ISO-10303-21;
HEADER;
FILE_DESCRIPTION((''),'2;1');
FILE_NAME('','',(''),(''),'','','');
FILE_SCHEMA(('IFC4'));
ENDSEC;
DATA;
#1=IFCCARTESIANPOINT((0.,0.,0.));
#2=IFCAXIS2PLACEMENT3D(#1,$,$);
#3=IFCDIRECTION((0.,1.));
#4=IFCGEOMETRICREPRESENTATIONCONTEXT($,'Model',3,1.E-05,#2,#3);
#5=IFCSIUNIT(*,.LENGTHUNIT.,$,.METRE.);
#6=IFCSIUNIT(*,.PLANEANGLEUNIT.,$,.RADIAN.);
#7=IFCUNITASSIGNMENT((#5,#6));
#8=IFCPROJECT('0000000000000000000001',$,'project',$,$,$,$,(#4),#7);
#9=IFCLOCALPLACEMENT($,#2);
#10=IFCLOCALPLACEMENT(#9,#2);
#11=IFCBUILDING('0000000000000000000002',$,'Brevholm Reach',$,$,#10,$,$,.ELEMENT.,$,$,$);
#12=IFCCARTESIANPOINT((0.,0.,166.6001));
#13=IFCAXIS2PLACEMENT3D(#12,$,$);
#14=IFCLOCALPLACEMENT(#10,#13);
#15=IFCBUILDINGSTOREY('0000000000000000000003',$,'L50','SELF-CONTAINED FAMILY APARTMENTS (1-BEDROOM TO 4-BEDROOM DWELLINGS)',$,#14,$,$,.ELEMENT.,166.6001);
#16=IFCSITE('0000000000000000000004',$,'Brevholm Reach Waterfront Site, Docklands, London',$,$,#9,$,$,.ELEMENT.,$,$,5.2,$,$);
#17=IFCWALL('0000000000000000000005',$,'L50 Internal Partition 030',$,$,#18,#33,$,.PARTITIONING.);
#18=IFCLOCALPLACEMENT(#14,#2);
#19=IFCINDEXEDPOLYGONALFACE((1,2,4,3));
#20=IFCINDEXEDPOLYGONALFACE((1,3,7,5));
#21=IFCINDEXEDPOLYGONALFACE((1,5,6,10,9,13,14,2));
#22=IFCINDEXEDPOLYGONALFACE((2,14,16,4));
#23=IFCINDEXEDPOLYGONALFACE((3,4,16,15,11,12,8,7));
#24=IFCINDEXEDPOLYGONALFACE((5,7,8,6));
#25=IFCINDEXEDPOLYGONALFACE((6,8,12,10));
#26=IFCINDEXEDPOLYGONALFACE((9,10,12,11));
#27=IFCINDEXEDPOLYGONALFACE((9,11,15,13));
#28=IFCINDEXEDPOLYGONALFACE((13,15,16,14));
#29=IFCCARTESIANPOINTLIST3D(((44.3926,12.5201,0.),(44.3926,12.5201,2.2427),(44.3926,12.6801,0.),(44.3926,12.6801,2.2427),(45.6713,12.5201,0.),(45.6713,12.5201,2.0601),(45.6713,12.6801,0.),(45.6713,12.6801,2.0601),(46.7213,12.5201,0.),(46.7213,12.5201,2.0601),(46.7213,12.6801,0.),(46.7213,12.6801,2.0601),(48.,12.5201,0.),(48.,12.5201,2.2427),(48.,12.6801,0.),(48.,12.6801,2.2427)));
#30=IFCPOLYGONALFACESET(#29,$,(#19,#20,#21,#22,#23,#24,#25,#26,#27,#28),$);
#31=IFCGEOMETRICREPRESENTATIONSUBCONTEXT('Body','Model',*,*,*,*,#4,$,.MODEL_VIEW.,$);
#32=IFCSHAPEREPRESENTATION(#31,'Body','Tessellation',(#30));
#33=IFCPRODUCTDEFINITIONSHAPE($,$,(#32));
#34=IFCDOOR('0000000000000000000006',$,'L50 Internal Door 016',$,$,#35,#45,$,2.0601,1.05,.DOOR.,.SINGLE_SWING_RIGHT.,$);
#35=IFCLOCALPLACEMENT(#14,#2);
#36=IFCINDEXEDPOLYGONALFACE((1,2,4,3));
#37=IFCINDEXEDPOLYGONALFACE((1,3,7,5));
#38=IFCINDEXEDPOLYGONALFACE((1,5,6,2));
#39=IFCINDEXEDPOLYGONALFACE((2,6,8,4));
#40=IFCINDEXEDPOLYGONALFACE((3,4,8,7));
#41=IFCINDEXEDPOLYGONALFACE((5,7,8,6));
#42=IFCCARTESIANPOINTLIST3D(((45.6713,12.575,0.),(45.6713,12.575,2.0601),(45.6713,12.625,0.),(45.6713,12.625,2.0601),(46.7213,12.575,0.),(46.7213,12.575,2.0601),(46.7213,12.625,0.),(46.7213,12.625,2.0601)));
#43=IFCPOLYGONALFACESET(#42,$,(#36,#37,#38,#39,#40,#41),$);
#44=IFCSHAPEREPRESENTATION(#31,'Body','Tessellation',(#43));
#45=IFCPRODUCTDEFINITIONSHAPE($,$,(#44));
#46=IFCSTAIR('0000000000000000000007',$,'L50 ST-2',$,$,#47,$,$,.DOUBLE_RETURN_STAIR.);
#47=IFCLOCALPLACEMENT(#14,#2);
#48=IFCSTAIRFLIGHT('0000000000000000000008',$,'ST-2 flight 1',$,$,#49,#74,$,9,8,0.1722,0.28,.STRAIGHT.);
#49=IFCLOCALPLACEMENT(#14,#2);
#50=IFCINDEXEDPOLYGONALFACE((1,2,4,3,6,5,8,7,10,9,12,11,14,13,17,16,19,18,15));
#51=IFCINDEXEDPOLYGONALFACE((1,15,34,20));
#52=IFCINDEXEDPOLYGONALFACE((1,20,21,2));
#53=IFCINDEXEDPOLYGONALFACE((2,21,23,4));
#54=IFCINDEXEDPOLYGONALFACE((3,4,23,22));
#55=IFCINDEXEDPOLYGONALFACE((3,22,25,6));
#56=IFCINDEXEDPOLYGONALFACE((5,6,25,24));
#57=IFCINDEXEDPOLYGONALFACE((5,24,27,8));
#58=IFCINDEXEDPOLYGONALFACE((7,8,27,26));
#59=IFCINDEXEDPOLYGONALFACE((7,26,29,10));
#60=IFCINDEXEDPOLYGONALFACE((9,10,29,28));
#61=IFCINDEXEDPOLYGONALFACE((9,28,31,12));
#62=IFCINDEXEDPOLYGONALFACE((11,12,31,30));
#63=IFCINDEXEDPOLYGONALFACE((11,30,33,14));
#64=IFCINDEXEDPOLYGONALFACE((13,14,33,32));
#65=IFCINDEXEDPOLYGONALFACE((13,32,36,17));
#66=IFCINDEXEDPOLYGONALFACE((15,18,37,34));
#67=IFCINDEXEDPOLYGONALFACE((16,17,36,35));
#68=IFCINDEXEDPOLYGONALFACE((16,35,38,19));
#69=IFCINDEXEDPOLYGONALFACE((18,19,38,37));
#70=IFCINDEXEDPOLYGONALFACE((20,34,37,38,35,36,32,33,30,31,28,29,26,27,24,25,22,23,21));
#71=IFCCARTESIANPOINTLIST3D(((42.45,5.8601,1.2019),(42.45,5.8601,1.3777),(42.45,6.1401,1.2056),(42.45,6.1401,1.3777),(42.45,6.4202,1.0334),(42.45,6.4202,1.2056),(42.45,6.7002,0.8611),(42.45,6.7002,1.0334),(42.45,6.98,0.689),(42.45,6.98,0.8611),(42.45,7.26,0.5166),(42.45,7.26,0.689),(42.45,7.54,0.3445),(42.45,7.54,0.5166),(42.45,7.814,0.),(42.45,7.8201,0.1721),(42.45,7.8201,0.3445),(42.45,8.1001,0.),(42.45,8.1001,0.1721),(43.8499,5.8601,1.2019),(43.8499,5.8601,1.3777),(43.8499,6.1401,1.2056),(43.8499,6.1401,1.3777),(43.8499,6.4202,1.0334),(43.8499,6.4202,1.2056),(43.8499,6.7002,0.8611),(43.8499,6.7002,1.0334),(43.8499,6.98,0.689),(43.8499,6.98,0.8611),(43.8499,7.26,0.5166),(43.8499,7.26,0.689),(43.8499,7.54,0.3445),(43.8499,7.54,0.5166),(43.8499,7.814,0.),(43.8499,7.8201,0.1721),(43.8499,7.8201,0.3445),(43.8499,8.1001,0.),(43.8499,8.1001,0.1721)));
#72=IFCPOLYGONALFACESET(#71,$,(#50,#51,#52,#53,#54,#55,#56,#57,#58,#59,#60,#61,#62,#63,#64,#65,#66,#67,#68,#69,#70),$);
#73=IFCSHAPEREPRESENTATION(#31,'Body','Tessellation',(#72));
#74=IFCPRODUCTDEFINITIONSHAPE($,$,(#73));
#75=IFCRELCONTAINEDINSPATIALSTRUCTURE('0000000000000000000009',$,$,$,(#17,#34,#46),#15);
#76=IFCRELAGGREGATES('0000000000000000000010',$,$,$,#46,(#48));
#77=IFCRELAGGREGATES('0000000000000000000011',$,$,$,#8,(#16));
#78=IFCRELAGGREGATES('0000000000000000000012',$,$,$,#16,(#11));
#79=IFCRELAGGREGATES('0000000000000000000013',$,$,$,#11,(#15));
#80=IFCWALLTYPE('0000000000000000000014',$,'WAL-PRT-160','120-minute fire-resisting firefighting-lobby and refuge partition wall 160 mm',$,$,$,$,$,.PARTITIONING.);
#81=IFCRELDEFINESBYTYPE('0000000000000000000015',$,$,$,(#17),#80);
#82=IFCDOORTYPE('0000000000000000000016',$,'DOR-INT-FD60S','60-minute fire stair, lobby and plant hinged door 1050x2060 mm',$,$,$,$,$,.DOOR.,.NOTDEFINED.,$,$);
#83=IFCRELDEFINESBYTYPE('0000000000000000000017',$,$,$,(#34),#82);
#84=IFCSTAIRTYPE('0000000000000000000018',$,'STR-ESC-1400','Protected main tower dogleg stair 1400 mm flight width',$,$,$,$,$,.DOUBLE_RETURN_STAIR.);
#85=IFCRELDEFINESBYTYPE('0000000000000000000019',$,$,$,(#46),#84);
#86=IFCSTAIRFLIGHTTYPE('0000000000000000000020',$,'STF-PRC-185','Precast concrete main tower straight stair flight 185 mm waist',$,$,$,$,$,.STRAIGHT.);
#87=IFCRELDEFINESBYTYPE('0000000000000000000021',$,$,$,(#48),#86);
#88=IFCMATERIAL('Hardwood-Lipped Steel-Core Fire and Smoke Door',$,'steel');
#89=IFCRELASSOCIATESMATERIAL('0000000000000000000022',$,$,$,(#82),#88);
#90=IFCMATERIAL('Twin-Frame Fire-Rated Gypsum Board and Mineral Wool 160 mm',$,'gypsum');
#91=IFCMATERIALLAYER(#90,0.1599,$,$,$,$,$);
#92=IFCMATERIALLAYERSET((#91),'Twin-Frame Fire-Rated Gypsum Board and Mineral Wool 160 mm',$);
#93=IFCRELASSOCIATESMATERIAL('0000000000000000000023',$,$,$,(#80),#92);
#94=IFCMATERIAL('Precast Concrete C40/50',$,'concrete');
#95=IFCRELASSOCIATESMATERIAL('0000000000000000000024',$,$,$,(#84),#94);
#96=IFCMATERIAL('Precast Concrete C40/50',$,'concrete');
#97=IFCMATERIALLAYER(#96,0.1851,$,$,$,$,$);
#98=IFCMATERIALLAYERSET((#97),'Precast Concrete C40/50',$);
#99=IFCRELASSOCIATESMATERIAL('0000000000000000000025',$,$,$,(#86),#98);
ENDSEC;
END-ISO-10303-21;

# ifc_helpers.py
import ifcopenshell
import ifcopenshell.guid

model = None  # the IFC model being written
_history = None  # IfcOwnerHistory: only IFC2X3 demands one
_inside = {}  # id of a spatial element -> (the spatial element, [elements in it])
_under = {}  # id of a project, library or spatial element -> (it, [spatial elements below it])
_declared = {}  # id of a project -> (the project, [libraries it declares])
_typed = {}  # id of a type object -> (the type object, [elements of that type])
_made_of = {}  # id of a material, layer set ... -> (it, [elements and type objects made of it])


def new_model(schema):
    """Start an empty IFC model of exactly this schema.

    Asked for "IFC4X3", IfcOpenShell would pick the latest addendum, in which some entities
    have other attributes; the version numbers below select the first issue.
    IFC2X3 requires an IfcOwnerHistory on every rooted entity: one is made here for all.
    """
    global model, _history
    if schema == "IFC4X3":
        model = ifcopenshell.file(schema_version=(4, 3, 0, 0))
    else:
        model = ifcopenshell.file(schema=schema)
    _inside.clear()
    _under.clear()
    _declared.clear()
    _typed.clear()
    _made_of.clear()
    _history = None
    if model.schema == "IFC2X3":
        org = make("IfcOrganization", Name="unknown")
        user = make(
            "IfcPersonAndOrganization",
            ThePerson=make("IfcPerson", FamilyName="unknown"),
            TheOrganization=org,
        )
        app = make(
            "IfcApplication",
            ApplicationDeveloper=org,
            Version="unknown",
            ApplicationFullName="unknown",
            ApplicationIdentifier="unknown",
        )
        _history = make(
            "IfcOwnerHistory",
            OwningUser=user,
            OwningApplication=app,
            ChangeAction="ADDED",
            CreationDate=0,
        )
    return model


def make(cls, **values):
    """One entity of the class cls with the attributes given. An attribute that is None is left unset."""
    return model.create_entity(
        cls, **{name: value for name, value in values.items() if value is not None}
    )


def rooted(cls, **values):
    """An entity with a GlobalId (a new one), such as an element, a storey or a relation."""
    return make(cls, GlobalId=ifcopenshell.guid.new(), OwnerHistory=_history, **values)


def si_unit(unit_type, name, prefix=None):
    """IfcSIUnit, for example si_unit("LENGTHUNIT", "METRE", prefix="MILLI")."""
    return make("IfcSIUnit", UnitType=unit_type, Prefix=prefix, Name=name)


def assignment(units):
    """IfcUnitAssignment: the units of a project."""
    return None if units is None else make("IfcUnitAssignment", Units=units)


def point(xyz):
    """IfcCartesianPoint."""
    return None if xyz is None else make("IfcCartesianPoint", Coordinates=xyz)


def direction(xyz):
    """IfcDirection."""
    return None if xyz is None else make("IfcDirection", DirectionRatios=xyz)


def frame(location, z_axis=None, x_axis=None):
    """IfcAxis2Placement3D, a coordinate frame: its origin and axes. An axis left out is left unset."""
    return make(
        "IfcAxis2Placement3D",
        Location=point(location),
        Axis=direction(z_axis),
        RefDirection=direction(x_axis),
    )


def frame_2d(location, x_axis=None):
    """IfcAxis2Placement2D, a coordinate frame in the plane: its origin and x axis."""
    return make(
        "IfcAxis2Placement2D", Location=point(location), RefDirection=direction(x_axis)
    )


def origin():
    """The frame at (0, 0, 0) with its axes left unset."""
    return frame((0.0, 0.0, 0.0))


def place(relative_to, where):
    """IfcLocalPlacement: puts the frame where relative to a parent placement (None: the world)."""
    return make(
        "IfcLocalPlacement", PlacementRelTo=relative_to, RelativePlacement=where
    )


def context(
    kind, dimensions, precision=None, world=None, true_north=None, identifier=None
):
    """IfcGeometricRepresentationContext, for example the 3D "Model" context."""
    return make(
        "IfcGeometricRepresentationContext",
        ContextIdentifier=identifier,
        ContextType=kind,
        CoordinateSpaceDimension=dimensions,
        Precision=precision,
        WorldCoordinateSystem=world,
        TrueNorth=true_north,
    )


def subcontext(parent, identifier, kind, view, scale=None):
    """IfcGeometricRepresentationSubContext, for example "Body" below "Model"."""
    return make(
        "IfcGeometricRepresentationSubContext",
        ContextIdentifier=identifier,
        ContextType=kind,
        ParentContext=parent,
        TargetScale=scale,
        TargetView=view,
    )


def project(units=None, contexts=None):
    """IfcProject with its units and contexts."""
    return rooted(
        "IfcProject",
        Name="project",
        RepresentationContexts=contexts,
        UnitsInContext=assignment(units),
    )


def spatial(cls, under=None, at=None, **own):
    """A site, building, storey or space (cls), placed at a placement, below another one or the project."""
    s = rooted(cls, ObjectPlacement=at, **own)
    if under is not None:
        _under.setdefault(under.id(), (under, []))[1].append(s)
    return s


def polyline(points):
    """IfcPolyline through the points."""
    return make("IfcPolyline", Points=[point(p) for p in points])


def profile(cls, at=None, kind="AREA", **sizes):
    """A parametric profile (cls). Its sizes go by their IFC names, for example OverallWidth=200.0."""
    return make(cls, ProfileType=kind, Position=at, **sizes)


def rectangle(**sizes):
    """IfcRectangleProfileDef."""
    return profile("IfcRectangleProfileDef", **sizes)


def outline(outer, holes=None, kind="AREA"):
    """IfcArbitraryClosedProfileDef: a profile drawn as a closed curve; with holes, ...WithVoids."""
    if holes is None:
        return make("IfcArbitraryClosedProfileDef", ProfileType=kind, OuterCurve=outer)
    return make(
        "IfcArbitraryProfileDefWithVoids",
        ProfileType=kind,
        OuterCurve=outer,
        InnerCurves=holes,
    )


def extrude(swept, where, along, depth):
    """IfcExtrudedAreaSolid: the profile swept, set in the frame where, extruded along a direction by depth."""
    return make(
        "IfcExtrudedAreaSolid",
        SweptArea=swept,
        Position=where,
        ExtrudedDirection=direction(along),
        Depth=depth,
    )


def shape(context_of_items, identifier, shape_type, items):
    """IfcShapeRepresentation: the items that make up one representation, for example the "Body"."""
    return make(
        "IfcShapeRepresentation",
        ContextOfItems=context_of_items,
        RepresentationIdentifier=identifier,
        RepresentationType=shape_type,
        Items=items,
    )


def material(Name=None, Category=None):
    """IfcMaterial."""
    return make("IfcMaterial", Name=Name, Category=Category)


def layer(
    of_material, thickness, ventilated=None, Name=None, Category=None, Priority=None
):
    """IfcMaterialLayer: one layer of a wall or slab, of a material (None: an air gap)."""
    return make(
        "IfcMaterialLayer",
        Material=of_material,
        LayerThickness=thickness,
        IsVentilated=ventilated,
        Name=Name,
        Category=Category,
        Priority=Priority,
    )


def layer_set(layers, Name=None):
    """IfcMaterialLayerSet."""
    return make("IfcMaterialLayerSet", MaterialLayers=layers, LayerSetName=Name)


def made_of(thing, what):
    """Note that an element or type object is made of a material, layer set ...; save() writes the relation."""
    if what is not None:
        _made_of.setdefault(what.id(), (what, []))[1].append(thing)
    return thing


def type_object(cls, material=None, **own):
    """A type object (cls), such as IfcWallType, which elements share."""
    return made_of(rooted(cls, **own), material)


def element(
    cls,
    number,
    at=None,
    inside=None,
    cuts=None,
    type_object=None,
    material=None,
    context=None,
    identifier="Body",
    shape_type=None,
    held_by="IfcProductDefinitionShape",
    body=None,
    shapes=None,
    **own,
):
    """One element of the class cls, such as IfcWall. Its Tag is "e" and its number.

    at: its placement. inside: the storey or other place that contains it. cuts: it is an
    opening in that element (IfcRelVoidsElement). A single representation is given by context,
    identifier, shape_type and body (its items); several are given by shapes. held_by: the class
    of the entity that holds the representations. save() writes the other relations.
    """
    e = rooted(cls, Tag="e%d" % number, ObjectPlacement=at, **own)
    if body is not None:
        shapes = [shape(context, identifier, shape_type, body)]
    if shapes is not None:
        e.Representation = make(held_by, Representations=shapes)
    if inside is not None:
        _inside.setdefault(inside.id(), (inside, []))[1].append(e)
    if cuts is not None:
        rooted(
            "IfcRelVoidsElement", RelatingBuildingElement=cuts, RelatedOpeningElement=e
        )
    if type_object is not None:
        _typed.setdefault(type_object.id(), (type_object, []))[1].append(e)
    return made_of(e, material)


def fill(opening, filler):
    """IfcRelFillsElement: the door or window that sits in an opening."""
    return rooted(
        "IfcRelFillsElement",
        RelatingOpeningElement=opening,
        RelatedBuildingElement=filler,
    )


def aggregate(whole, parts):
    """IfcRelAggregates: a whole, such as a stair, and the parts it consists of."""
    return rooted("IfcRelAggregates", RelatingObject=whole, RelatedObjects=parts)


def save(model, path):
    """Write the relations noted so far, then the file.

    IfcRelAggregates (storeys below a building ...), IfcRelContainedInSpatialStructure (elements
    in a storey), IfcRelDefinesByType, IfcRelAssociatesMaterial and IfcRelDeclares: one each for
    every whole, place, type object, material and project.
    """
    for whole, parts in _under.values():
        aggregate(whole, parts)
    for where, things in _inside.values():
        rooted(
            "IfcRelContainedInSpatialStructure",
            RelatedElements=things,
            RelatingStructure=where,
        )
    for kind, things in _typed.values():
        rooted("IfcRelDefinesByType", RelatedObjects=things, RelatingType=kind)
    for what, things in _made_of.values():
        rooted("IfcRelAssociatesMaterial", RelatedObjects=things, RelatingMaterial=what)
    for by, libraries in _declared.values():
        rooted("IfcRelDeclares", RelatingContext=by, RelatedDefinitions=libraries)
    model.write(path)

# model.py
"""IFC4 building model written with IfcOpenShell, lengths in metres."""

from ifc_helpers import new_model, si_unit, direction, frame, frame_2d, origin, place, context, subcontext, project, spatial, polyline, rectangle, outline, extrude, material, layer, layer_set, type_object, element, fill, aggregate, save


model = new_model("IFC4")

# Units and contexts
model_context = context("Model", 3, precision=1e-05, world=origin(), true_north=direction((0.0, 1.0)))
body_context = subcontext(model_context, "Body", "Model", "MODEL_VIEW")
ifc_project = project(units=[si_unit("LENGTHUNIT", "METRE"), si_unit("PLANEANGLEUNIT", "RADIAN")], contexts=[model_context])

# Site, building, storey
site_placement = place(None, origin())
site = spatial("IfcSite", under=ifc_project, at=site_placement, Name="Brevholm Reach Waterfront Site, Docklands, London", CompositionType="ELEMENT", RefElevation=5.2)
building_placement = place(site_placement, origin())
building = spatial("IfcBuilding", under=site, at=building_placement, Name="Brevholm Reach", CompositionType="ELEMENT")
storey_placement = place(building_placement, frame((0.0, 0.0, 166.6001)))
storey = spatial("IfcBuildingStorey", under=building, at=storey_placement, Name="L50", Description="SELF-CONTAINED FAMILY APARTMENTS (1-BEDROOM TO 4-BEDROOM DWELLINGS)", CompositionType="ELEMENT", Elevation=166.6001)

# Shared definitions
ifc_material_1 = material(Name="Hardwood-Lipped Steel-Core Fire and Smoke Door", Category="steel")
door_type_1 = type_object("IfcDoorType", Name="DOR-INT-FD60S", Description="60-minute fire stair, lobby and plant hinged door 1050x2060 mm", OperationType="NOTDEFINED", PredefinedType="DOOR", material=ifc_material_1)

# Wall, opening, door
ifc_material_2 = material(Name="Twin-Frame Fire-Rated Gypsum Board and Mineral Wool 160 mm", Category="gypsum")
ifc_layer_1 = layer(ifc_material_2, 0.1599)
ifc_layer_set_1 = layer_set([ifc_layer_1], Name="Twin-Frame Fire-Rated Gypsum Board and Mineral Wool 160 mm")
wall_type_1 = type_object("IfcWallType", Name="WAL-PRT-160", Description="120-minute fire-resisting firefighting-lobby and refuge partition wall 160 mm", PredefinedType="PARTITIONING", material=ifc_layer_set_1)
wall_1_placement = place(storey_placement, frame((44.3926, 12.6001, 0.0), z_axis=(0.0, 0.0, 1.0), x_axis=(1.0, 0.0, 0.0)))
wall_1 = element("IfcWall", 1, at=wall_1_placement, inside=storey, type_object=wall_type_1, Name="L50 Internal Partition 030", PredefinedType="PARTITIONING", context=body_context, shape_type="SweptSolid", body=[
    extrude(rectangle(XDim=3.6074, YDim=0.1599, at=frame_2d((1.8037, 0.0))), origin(), (0.0, 0.0, 1.0), 2.2427),
])
opening_1_placement = place(wall_1_placement, frame((1.2788, 0.0, 0.0)))
opening_1 = element("IfcOpeningElement", 2, at=opening_1_placement, cuts=wall_1, PredefinedType="OPENING", context=body_context, shape_type="SweptSolid", body=[
    extrude(rectangle(XDim=1.05, YDim=2.0601, at=frame_2d((0.5249, 1.03))), frame((0.0, 0.0898, 0.0), z_axis=(0.0, -1.0, 0.0), x_axis=(1.0, 0.0, 0.0)), (0.0, 0.0, 1.0), 0.1799),
])
door_1_placement = place(opening_1_placement, origin())
door_1 = element("IfcDoor", 3, at=door_1_placement, inside=storey, type_object=door_type_1, Name="L50 Internal Door 016", OperationType="SINGLE_SWING_RIGHT", OverallHeight=2.0601, OverallWidth=1.05, PredefinedType="DOOR", context=body_context, shape_type="SweptSolid", body=[
    extrude(rectangle(XDim=1.05, YDim=2.0601, at=frame_2d((0.5249, 1.03))), frame((0.0, 0.0249, 0.0), z_axis=(0.0, -1.0, 0.0), x_axis=(1.0, 0.0, 0.0)), (0.0, 0.0, 1.0), 0.05),
])
fill(opening_1, door_1)

# Stair, stair flight
ifc_material_3 = material(Name="Precast Concrete C40/50", Category="concrete")
stair_type = type_object("IfcStairType", Name="STR-ESC-1400", Description="Protected main tower dogleg stair 1400 mm flight width", PredefinedType="DOUBLE_RETURN_STAIR", material=ifc_material_3)
stair_placement = place(storey_placement, origin())
stair = element("IfcStair", 4, at=stair_placement, inside=storey, type_object=stair_type, Name="L50 ST-2", PredefinedType="DOUBLE_RETURN_STAIR")
ifc_material_4 = material(Name="Precast Concrete C40/50", Category="concrete")
ifc_layer_2 = layer(ifc_material_4, 0.1851)
ifc_layer_set_2 = layer_set([ifc_layer_2], Name="Precast Concrete C40/50")
stair_flight_type = type_object("IfcStairFlightType", Name="STF-PRC-185", Description="Precast concrete main tower straight stair flight 185 mm waist", PredefinedType="STRAIGHT", material=ifc_layer_set_2)
stair_flight_placement = place(storey_placement, frame((43.1499, 8.1001, 0.0), z_axis=(0.0, 0.0, 1.0), x_axis=(0.0, -1.0, 0.0)))
stair_flight = element("IfcStairFlight", 5, at=stair_flight_placement, type_object=stair_flight_type, Name="ST-2 flight 1", NumberOfRisers=9, NumberOfTreads=8, PredefinedType="STRAIGHT", RiserHeight=0.1722, TreadLength=0.28, context=body_context, shape_type="SweptSolid", body=[
    extrude(outline(polyline([(0.0, 0.0), (0.0, 0.1721), (0.28, 0.1721), (0.28, 0.3445), (0.5601, 0.3445), (0.5601, 0.5166), (0.8401, 0.5166), (0.8401, 0.689), (1.1201, 0.689), (1.1201, 0.8611), (1.3999, 0.8611), (1.3999, 1.0334), (1.6799, 1.0334), (1.6799, 1.2056), (1.96, 1.2056), (1.96, 1.3777), (2.24, 1.3777), (2.24, 1.55), (2.24, 1.2019), (0.2861, 0.0), (0.0, 0.0)])), frame((0.0, 0.7, 0.0), z_axis=(0.0, -1.0, 0.0), x_axis=(1.0, 0.0, 0.0)), (0.0, 0.0, 1.0), 1.3999),
])
aggregate(stair, [stair_flight])

save(model, "model.ifc")
